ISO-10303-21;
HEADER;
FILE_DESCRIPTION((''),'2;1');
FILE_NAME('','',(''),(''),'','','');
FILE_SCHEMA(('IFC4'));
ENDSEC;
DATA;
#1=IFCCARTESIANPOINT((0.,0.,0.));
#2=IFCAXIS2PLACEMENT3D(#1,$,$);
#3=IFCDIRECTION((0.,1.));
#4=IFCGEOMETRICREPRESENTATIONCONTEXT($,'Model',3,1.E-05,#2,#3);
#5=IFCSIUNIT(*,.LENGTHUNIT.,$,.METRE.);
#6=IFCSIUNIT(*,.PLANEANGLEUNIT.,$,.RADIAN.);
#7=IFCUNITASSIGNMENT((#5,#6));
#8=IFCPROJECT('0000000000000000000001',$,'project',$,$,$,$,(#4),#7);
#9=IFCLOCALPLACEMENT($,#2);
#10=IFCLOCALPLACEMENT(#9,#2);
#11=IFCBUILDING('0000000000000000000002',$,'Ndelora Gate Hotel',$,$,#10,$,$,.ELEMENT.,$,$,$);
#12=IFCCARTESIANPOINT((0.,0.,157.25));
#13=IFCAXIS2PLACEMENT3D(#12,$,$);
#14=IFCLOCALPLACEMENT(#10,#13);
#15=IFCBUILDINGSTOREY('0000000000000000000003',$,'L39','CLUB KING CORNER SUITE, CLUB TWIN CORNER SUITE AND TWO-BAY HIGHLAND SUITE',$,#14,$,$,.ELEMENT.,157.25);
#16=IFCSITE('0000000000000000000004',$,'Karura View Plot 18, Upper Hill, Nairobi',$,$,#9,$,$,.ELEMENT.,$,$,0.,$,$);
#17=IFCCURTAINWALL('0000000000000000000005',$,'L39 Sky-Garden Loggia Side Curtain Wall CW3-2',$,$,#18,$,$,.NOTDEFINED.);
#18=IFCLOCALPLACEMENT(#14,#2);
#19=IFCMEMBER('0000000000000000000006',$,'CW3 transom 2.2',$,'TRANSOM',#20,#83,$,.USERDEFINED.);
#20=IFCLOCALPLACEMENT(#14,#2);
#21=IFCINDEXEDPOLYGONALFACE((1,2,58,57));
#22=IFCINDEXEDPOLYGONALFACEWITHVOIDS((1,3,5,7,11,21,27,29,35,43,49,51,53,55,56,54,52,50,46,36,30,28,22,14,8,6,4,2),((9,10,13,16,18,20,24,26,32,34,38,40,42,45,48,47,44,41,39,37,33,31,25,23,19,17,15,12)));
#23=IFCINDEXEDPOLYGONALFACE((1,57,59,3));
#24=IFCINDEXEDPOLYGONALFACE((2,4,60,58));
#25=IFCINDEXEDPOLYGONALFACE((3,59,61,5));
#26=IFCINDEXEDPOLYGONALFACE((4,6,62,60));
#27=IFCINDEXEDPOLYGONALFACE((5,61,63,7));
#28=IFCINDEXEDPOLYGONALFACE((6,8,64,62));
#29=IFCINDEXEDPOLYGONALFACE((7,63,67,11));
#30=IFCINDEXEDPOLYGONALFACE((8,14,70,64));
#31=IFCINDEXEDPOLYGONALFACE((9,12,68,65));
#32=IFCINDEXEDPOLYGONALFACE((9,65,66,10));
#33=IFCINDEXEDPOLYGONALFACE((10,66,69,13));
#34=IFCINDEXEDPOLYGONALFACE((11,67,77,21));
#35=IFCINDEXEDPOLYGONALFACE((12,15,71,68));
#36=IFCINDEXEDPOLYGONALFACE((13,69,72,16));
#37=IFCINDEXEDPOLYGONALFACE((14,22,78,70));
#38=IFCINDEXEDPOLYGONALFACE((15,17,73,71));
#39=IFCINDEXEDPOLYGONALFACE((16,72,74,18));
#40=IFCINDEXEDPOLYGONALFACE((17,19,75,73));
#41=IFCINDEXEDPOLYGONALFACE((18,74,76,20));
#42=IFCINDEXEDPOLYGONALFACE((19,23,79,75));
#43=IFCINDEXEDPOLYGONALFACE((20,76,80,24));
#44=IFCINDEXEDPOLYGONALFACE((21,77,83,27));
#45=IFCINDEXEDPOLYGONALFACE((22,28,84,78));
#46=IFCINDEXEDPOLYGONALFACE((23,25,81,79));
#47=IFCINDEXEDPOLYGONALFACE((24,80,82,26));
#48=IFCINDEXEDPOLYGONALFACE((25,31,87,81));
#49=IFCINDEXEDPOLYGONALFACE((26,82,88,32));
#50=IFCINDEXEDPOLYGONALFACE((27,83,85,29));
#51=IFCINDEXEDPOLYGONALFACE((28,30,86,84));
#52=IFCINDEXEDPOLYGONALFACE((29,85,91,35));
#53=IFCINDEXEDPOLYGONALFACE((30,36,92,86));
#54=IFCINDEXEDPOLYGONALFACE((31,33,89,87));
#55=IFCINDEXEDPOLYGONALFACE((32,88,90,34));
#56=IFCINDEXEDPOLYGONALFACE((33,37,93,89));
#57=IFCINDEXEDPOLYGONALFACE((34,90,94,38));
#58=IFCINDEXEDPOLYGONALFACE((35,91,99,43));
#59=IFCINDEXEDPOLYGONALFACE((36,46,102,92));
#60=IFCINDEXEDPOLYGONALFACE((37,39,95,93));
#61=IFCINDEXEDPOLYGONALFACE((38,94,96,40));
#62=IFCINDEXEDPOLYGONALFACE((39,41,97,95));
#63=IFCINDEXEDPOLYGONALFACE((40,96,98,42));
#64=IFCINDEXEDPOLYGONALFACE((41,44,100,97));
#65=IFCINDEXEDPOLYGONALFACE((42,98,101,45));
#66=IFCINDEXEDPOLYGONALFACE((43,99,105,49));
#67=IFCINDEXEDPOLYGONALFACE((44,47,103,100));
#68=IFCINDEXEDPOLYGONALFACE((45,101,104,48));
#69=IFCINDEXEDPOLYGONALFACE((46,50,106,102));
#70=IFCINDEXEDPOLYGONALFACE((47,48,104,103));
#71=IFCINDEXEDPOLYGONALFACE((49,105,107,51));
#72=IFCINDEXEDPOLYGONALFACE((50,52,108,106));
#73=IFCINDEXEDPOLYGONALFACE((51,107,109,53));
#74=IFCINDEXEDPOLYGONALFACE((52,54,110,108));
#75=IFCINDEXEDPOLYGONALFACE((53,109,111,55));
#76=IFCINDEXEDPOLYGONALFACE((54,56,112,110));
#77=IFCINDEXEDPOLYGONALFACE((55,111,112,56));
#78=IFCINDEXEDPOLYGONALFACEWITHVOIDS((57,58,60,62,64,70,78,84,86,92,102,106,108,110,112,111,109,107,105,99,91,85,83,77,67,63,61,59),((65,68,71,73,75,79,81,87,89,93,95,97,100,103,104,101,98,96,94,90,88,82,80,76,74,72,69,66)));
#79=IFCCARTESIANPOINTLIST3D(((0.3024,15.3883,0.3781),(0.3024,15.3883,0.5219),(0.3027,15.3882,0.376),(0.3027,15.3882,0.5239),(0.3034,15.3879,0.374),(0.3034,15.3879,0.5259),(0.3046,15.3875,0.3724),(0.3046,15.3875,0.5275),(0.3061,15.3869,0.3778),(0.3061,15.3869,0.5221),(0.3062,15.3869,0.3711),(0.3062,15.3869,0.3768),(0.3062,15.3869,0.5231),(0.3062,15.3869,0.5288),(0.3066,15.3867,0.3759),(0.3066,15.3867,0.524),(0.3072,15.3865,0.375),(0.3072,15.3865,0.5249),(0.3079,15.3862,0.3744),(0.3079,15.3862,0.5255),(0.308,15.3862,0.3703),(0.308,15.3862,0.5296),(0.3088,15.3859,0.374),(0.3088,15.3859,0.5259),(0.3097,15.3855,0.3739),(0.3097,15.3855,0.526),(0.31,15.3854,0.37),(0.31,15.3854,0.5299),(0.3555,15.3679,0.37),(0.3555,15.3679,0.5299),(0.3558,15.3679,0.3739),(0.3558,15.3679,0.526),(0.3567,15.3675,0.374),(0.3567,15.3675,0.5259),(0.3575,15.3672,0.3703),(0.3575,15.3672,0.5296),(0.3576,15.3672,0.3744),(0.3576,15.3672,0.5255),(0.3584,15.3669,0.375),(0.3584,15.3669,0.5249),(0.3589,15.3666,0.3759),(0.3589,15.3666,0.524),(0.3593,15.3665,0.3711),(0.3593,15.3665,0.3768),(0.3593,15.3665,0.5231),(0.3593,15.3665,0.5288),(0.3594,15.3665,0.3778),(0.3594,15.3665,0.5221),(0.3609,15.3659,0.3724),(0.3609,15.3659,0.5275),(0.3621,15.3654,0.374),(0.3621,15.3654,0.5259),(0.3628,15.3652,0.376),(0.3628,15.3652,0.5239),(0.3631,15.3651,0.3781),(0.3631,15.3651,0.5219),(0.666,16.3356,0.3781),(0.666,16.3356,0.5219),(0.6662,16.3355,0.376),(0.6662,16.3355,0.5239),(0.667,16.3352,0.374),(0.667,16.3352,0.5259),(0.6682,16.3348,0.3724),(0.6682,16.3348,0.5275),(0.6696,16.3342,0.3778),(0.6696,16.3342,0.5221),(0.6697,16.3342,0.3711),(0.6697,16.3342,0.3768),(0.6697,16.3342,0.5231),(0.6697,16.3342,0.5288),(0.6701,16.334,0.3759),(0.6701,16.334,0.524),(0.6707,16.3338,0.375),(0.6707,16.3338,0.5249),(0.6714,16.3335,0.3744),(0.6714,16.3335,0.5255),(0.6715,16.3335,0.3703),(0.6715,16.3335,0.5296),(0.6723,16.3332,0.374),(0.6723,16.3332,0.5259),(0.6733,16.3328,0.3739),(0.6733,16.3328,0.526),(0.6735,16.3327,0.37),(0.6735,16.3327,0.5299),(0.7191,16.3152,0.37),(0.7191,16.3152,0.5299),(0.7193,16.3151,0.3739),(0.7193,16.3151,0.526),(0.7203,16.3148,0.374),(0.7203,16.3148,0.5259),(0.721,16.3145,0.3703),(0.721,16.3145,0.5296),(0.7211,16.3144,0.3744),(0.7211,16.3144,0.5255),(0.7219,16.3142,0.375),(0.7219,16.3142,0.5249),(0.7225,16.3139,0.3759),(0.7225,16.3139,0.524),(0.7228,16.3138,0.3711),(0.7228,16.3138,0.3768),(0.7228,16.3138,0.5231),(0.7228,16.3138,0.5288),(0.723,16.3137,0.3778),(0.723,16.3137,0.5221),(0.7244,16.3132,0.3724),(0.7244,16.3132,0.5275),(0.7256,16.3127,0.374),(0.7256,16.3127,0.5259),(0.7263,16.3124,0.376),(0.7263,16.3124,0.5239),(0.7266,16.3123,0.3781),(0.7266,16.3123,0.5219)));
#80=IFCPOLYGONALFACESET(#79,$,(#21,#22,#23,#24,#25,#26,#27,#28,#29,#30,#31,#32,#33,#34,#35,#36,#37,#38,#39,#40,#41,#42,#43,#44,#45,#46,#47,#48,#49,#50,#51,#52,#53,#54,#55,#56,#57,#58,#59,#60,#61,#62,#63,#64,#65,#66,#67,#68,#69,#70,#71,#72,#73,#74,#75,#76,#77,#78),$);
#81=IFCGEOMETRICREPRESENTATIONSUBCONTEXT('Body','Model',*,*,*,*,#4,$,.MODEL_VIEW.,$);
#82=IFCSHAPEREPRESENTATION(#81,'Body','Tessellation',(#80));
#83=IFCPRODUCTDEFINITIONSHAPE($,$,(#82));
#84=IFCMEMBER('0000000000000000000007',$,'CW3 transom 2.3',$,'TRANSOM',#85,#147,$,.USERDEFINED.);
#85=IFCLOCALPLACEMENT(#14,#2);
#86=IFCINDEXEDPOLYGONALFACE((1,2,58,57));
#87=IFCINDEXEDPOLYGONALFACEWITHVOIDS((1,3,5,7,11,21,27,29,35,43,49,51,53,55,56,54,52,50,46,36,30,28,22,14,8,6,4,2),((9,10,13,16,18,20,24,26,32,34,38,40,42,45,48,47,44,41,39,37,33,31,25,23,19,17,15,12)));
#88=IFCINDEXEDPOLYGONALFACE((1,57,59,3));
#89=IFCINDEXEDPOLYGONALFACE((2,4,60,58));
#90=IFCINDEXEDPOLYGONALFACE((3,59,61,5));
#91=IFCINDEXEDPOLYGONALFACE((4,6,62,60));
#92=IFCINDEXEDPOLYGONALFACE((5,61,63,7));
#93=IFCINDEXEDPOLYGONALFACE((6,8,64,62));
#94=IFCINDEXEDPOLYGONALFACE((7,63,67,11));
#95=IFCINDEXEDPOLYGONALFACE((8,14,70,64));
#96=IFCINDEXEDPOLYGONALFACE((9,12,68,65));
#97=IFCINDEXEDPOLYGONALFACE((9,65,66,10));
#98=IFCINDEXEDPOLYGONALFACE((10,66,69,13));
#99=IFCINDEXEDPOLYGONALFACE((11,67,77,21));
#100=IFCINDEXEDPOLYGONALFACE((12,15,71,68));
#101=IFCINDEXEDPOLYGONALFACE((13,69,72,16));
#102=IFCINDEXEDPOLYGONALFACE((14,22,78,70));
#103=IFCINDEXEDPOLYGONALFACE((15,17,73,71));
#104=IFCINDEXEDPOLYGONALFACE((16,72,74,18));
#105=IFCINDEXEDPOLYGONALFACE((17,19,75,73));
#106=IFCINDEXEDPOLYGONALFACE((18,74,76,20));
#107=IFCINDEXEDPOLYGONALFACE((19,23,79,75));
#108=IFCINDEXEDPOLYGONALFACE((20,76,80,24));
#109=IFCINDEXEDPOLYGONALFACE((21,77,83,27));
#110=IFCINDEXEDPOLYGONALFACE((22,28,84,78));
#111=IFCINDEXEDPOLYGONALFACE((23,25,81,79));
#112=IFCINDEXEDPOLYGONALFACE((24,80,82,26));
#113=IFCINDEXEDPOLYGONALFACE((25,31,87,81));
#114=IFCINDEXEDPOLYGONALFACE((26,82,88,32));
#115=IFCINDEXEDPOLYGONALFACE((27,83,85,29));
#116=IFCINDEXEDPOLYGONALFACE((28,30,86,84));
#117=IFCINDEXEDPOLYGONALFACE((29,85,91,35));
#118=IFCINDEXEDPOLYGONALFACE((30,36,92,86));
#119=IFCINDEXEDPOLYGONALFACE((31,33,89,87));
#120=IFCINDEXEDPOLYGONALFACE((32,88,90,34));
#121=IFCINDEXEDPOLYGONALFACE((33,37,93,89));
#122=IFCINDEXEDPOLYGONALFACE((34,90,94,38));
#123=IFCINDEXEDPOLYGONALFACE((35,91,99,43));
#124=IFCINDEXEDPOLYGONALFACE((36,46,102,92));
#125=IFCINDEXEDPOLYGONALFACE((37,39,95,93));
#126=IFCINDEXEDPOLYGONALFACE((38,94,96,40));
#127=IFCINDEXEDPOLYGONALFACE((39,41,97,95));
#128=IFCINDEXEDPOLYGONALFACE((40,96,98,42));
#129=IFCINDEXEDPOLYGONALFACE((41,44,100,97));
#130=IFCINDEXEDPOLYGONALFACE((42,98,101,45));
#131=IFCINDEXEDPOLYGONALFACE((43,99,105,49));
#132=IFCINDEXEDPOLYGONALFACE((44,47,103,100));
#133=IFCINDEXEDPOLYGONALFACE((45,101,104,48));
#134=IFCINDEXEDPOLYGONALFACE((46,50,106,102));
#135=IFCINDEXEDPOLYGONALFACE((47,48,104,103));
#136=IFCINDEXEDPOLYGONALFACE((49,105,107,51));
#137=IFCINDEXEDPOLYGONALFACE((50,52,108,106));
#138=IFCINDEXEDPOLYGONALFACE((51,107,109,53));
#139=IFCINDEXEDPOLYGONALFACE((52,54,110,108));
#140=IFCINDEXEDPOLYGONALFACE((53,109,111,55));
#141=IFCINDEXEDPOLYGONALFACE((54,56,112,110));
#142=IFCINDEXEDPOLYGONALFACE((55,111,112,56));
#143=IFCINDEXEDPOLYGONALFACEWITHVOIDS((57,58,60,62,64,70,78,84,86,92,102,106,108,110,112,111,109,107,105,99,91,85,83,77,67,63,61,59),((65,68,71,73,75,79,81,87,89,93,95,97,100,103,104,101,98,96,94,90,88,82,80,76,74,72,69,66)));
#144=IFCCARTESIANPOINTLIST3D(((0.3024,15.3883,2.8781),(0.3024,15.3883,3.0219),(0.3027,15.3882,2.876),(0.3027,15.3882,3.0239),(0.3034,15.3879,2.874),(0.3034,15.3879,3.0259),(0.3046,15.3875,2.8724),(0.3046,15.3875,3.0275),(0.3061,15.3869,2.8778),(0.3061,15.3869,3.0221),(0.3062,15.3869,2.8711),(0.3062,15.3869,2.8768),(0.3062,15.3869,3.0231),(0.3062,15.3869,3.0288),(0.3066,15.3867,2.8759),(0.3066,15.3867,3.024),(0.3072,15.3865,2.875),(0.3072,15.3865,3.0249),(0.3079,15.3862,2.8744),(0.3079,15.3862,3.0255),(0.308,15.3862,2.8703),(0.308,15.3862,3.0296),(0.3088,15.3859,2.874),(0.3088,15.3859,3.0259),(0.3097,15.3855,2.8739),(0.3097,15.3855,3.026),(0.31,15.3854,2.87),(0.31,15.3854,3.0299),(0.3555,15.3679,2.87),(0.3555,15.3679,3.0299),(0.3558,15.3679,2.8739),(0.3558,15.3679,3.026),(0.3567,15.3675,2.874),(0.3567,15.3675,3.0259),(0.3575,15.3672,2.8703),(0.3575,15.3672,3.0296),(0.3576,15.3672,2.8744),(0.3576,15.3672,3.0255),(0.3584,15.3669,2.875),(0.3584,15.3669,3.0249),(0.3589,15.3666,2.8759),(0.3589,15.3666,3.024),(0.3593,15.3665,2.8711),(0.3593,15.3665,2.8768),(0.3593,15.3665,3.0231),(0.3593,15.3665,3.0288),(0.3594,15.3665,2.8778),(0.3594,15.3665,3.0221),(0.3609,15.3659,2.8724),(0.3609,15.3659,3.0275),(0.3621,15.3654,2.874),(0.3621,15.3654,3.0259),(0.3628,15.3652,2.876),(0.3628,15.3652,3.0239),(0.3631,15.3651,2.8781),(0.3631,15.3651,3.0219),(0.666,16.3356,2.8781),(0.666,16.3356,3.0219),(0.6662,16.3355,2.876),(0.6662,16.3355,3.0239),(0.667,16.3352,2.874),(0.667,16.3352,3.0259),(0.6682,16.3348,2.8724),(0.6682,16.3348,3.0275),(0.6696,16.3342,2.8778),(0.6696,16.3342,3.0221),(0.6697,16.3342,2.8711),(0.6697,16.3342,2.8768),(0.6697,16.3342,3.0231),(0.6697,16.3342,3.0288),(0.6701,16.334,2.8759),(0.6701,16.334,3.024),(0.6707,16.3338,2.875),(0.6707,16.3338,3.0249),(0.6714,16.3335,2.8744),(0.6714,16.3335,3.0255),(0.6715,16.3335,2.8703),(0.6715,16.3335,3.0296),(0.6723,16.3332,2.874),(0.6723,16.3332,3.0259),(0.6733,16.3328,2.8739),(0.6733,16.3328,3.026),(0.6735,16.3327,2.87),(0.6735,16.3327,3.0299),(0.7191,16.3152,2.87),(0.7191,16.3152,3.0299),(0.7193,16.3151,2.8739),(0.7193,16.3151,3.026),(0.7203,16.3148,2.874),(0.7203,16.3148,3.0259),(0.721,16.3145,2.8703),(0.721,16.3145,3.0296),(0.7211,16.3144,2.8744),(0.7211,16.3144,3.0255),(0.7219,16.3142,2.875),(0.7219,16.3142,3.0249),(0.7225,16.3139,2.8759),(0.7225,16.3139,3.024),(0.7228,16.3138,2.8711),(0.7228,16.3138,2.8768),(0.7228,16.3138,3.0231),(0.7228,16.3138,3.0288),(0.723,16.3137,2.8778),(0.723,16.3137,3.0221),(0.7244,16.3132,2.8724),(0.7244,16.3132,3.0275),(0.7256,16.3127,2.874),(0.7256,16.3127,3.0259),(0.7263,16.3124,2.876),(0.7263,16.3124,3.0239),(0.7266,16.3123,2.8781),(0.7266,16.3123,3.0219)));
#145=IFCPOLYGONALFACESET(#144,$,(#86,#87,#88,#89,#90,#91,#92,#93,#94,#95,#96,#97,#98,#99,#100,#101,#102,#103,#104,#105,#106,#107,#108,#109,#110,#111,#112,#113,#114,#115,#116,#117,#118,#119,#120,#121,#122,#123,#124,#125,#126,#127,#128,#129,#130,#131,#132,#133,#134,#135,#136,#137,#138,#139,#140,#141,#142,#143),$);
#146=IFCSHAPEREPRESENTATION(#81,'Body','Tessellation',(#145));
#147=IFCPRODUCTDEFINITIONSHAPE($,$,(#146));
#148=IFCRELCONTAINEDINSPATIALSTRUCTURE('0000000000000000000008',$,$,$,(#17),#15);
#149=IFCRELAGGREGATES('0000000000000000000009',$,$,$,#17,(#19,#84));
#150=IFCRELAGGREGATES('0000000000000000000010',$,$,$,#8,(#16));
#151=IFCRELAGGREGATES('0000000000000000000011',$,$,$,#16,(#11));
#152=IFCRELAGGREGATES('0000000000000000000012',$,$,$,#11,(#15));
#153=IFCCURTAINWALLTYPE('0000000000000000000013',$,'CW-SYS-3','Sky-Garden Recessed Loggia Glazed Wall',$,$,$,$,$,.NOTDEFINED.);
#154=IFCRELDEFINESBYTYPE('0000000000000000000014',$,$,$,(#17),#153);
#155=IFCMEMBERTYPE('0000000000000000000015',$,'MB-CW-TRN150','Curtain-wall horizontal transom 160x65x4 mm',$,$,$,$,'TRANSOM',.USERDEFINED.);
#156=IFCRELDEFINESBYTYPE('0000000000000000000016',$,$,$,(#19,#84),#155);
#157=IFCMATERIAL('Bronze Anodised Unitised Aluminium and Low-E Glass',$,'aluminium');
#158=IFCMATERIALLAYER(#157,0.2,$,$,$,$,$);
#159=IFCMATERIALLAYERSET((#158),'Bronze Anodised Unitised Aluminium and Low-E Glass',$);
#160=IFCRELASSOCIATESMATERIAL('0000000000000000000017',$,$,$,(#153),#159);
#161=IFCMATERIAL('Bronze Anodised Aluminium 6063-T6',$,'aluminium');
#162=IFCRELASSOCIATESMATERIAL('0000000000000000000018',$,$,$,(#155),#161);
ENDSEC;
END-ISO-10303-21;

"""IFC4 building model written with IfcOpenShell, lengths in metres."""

from ifc_helpers import new_model, si_unit, direction, frame, origin, origin_2d, place, context, subcontext, project, spatial, hollow_rectangle, extrude, material, layer, layer_set, material_profile, profile_set, type_object, element, aggregate, save


model = new_model("IFC4")

# Units and contexts
model_context = context("Model", 3, precision=1e-05, world=origin(), true_north=direction((0.0, 1.0)))
body_context = subcontext(model_context, "Body", "Model", "MODEL_VIEW")
ifc_project = project(units=[si_unit("LENGTHUNIT", "METRE"), si_unit("PLANEANGLEUNIT", "RADIAN")], contexts=[model_context])

# Site, building, storey
site_placement = place(None, origin())
site = spatial("IfcSite", under=ifc_project, at=site_placement, Name="Karura View Plot 18, Upper Hill, Nairobi", CompositionType="ELEMENT", RefElevation=0.0)
building_placement = place(site_placement, origin())
building = spatial("IfcBuilding", under=site, at=building_placement, Name="Ndelora Gate Hotel", CompositionType="ELEMENT")
storey_placement = place(building_placement, frame((0.0, 0.0, 157.25)))
storey = spatial("IfcBuildingStorey", under=building, at=storey_placement, Name="L39", Description="CLUB KING CORNER SUITE, CLUB TWIN CORNER SUITE AND TWO-BAY HIGHLAND SUITE", CompositionType="ELEMENT", Elevation=157.25)

# Curtain wall, members
ifc_material_1 = material(Name="Bronze Anodised Unitised Aluminium and Low-E Glass", Category="aluminium")
ifc_layer_1 = layer(ifc_material_1, 0.2)
ifc_layer_set_1 = layer_set([ifc_layer_1], Name="Bronze Anodised Unitised Aluminium and Low-E Glass")
curtain_wall_type = type_object("IfcCurtainWallType", Name="CW-SYS-3", Description="Sky-Garden Recessed Loggia Glazed Wall", PredefinedType="NOTDEFINED", material=ifc_layer_set_1)
curtain_wall_placement = place(storey_placement, origin())
curtain_wall = element("IfcCurtainWall", 1, at=curtain_wall_placement, inside=storey, type_object=curtain_wall_type, Name="L39 Sky-Garden Loggia Side Curtain Wall CW3-2", PredefinedType="NOTDEFINED")
ifc_material_2 = material(Name="Bronze Anodised Aluminium 6063-T6", Category="aluminium")
ifc_material_profile_1 = material_profile(ifc_material_2, hollow_rectangle(XDim=0.0649, YDim=0.1599, WallThickness=0.0039, InnerFilletRadius=0.0039, OuterFilletRadius=0.0081, at=origin_2d()), Name="ALU 160x65x4")
ifc_profile_set_1 = profile_set([ifc_material_profile_1], Name="Bronze Anodised Aluminium 6063-T6")
member_type_1 = type_object("IfcMemberType", Name="MB-CW-TRN150", Description="Curtain-wall horizontal transom 160x65x4 mm", ElementType="TRANSOM", PredefinedType="USERDEFINED", material=ifc_profile_set_1)
member_1_placement = place(storey_placement, frame((0.6963, 16.324, 0.45), z_axis=(-0.358286, -0.933612, 0.0), x_axis=(0.933612, -0.358286, 0.0)))
member_1 = element("IfcMember", 2, at=member_1_placement, type_object=member_type_1, Name="CW3 transom 2.2", ObjectType="TRANSOM", PredefinedType="USERDEFINED", context=body_context, shape_type="SweptSolid", body=[
    extrude(hollow_rectangle(XDim=0.0649, YDim=0.1599, WallThickness=0.0039, InnerFilletRadius=0.0039, OuterFilletRadius=0.0081, at=origin_2d()), origin(), (0.0, 0.0, 1.0), 1.0146),
])
member_2_placement = place(storey_placement, frame((0.6963, 16.324, 2.95), z_axis=(-0.358286, -0.933612, 0.0), x_axis=(0.933612, -0.358286, 0.0)))
member_2 = element("IfcMember", 3, at=member_2_placement, type_object=member_type_1, Name="CW3 transom 2.3", ObjectType="TRANSOM", PredefinedType="USERDEFINED", context=body_context, shape_type="SweptSolid", body=[
    extrude(hollow_rectangle(XDim=0.0649, YDim=0.1599, WallThickness=0.0039, InnerFilletRadius=0.0039, OuterFilletRadius=0.0081, at=origin_2d()), origin(), (0.0, 0.0, 1.0), 1.0146),
])
aggregate(curtain_wall, [member_1, member_2])

save(model, "model.ifc")
